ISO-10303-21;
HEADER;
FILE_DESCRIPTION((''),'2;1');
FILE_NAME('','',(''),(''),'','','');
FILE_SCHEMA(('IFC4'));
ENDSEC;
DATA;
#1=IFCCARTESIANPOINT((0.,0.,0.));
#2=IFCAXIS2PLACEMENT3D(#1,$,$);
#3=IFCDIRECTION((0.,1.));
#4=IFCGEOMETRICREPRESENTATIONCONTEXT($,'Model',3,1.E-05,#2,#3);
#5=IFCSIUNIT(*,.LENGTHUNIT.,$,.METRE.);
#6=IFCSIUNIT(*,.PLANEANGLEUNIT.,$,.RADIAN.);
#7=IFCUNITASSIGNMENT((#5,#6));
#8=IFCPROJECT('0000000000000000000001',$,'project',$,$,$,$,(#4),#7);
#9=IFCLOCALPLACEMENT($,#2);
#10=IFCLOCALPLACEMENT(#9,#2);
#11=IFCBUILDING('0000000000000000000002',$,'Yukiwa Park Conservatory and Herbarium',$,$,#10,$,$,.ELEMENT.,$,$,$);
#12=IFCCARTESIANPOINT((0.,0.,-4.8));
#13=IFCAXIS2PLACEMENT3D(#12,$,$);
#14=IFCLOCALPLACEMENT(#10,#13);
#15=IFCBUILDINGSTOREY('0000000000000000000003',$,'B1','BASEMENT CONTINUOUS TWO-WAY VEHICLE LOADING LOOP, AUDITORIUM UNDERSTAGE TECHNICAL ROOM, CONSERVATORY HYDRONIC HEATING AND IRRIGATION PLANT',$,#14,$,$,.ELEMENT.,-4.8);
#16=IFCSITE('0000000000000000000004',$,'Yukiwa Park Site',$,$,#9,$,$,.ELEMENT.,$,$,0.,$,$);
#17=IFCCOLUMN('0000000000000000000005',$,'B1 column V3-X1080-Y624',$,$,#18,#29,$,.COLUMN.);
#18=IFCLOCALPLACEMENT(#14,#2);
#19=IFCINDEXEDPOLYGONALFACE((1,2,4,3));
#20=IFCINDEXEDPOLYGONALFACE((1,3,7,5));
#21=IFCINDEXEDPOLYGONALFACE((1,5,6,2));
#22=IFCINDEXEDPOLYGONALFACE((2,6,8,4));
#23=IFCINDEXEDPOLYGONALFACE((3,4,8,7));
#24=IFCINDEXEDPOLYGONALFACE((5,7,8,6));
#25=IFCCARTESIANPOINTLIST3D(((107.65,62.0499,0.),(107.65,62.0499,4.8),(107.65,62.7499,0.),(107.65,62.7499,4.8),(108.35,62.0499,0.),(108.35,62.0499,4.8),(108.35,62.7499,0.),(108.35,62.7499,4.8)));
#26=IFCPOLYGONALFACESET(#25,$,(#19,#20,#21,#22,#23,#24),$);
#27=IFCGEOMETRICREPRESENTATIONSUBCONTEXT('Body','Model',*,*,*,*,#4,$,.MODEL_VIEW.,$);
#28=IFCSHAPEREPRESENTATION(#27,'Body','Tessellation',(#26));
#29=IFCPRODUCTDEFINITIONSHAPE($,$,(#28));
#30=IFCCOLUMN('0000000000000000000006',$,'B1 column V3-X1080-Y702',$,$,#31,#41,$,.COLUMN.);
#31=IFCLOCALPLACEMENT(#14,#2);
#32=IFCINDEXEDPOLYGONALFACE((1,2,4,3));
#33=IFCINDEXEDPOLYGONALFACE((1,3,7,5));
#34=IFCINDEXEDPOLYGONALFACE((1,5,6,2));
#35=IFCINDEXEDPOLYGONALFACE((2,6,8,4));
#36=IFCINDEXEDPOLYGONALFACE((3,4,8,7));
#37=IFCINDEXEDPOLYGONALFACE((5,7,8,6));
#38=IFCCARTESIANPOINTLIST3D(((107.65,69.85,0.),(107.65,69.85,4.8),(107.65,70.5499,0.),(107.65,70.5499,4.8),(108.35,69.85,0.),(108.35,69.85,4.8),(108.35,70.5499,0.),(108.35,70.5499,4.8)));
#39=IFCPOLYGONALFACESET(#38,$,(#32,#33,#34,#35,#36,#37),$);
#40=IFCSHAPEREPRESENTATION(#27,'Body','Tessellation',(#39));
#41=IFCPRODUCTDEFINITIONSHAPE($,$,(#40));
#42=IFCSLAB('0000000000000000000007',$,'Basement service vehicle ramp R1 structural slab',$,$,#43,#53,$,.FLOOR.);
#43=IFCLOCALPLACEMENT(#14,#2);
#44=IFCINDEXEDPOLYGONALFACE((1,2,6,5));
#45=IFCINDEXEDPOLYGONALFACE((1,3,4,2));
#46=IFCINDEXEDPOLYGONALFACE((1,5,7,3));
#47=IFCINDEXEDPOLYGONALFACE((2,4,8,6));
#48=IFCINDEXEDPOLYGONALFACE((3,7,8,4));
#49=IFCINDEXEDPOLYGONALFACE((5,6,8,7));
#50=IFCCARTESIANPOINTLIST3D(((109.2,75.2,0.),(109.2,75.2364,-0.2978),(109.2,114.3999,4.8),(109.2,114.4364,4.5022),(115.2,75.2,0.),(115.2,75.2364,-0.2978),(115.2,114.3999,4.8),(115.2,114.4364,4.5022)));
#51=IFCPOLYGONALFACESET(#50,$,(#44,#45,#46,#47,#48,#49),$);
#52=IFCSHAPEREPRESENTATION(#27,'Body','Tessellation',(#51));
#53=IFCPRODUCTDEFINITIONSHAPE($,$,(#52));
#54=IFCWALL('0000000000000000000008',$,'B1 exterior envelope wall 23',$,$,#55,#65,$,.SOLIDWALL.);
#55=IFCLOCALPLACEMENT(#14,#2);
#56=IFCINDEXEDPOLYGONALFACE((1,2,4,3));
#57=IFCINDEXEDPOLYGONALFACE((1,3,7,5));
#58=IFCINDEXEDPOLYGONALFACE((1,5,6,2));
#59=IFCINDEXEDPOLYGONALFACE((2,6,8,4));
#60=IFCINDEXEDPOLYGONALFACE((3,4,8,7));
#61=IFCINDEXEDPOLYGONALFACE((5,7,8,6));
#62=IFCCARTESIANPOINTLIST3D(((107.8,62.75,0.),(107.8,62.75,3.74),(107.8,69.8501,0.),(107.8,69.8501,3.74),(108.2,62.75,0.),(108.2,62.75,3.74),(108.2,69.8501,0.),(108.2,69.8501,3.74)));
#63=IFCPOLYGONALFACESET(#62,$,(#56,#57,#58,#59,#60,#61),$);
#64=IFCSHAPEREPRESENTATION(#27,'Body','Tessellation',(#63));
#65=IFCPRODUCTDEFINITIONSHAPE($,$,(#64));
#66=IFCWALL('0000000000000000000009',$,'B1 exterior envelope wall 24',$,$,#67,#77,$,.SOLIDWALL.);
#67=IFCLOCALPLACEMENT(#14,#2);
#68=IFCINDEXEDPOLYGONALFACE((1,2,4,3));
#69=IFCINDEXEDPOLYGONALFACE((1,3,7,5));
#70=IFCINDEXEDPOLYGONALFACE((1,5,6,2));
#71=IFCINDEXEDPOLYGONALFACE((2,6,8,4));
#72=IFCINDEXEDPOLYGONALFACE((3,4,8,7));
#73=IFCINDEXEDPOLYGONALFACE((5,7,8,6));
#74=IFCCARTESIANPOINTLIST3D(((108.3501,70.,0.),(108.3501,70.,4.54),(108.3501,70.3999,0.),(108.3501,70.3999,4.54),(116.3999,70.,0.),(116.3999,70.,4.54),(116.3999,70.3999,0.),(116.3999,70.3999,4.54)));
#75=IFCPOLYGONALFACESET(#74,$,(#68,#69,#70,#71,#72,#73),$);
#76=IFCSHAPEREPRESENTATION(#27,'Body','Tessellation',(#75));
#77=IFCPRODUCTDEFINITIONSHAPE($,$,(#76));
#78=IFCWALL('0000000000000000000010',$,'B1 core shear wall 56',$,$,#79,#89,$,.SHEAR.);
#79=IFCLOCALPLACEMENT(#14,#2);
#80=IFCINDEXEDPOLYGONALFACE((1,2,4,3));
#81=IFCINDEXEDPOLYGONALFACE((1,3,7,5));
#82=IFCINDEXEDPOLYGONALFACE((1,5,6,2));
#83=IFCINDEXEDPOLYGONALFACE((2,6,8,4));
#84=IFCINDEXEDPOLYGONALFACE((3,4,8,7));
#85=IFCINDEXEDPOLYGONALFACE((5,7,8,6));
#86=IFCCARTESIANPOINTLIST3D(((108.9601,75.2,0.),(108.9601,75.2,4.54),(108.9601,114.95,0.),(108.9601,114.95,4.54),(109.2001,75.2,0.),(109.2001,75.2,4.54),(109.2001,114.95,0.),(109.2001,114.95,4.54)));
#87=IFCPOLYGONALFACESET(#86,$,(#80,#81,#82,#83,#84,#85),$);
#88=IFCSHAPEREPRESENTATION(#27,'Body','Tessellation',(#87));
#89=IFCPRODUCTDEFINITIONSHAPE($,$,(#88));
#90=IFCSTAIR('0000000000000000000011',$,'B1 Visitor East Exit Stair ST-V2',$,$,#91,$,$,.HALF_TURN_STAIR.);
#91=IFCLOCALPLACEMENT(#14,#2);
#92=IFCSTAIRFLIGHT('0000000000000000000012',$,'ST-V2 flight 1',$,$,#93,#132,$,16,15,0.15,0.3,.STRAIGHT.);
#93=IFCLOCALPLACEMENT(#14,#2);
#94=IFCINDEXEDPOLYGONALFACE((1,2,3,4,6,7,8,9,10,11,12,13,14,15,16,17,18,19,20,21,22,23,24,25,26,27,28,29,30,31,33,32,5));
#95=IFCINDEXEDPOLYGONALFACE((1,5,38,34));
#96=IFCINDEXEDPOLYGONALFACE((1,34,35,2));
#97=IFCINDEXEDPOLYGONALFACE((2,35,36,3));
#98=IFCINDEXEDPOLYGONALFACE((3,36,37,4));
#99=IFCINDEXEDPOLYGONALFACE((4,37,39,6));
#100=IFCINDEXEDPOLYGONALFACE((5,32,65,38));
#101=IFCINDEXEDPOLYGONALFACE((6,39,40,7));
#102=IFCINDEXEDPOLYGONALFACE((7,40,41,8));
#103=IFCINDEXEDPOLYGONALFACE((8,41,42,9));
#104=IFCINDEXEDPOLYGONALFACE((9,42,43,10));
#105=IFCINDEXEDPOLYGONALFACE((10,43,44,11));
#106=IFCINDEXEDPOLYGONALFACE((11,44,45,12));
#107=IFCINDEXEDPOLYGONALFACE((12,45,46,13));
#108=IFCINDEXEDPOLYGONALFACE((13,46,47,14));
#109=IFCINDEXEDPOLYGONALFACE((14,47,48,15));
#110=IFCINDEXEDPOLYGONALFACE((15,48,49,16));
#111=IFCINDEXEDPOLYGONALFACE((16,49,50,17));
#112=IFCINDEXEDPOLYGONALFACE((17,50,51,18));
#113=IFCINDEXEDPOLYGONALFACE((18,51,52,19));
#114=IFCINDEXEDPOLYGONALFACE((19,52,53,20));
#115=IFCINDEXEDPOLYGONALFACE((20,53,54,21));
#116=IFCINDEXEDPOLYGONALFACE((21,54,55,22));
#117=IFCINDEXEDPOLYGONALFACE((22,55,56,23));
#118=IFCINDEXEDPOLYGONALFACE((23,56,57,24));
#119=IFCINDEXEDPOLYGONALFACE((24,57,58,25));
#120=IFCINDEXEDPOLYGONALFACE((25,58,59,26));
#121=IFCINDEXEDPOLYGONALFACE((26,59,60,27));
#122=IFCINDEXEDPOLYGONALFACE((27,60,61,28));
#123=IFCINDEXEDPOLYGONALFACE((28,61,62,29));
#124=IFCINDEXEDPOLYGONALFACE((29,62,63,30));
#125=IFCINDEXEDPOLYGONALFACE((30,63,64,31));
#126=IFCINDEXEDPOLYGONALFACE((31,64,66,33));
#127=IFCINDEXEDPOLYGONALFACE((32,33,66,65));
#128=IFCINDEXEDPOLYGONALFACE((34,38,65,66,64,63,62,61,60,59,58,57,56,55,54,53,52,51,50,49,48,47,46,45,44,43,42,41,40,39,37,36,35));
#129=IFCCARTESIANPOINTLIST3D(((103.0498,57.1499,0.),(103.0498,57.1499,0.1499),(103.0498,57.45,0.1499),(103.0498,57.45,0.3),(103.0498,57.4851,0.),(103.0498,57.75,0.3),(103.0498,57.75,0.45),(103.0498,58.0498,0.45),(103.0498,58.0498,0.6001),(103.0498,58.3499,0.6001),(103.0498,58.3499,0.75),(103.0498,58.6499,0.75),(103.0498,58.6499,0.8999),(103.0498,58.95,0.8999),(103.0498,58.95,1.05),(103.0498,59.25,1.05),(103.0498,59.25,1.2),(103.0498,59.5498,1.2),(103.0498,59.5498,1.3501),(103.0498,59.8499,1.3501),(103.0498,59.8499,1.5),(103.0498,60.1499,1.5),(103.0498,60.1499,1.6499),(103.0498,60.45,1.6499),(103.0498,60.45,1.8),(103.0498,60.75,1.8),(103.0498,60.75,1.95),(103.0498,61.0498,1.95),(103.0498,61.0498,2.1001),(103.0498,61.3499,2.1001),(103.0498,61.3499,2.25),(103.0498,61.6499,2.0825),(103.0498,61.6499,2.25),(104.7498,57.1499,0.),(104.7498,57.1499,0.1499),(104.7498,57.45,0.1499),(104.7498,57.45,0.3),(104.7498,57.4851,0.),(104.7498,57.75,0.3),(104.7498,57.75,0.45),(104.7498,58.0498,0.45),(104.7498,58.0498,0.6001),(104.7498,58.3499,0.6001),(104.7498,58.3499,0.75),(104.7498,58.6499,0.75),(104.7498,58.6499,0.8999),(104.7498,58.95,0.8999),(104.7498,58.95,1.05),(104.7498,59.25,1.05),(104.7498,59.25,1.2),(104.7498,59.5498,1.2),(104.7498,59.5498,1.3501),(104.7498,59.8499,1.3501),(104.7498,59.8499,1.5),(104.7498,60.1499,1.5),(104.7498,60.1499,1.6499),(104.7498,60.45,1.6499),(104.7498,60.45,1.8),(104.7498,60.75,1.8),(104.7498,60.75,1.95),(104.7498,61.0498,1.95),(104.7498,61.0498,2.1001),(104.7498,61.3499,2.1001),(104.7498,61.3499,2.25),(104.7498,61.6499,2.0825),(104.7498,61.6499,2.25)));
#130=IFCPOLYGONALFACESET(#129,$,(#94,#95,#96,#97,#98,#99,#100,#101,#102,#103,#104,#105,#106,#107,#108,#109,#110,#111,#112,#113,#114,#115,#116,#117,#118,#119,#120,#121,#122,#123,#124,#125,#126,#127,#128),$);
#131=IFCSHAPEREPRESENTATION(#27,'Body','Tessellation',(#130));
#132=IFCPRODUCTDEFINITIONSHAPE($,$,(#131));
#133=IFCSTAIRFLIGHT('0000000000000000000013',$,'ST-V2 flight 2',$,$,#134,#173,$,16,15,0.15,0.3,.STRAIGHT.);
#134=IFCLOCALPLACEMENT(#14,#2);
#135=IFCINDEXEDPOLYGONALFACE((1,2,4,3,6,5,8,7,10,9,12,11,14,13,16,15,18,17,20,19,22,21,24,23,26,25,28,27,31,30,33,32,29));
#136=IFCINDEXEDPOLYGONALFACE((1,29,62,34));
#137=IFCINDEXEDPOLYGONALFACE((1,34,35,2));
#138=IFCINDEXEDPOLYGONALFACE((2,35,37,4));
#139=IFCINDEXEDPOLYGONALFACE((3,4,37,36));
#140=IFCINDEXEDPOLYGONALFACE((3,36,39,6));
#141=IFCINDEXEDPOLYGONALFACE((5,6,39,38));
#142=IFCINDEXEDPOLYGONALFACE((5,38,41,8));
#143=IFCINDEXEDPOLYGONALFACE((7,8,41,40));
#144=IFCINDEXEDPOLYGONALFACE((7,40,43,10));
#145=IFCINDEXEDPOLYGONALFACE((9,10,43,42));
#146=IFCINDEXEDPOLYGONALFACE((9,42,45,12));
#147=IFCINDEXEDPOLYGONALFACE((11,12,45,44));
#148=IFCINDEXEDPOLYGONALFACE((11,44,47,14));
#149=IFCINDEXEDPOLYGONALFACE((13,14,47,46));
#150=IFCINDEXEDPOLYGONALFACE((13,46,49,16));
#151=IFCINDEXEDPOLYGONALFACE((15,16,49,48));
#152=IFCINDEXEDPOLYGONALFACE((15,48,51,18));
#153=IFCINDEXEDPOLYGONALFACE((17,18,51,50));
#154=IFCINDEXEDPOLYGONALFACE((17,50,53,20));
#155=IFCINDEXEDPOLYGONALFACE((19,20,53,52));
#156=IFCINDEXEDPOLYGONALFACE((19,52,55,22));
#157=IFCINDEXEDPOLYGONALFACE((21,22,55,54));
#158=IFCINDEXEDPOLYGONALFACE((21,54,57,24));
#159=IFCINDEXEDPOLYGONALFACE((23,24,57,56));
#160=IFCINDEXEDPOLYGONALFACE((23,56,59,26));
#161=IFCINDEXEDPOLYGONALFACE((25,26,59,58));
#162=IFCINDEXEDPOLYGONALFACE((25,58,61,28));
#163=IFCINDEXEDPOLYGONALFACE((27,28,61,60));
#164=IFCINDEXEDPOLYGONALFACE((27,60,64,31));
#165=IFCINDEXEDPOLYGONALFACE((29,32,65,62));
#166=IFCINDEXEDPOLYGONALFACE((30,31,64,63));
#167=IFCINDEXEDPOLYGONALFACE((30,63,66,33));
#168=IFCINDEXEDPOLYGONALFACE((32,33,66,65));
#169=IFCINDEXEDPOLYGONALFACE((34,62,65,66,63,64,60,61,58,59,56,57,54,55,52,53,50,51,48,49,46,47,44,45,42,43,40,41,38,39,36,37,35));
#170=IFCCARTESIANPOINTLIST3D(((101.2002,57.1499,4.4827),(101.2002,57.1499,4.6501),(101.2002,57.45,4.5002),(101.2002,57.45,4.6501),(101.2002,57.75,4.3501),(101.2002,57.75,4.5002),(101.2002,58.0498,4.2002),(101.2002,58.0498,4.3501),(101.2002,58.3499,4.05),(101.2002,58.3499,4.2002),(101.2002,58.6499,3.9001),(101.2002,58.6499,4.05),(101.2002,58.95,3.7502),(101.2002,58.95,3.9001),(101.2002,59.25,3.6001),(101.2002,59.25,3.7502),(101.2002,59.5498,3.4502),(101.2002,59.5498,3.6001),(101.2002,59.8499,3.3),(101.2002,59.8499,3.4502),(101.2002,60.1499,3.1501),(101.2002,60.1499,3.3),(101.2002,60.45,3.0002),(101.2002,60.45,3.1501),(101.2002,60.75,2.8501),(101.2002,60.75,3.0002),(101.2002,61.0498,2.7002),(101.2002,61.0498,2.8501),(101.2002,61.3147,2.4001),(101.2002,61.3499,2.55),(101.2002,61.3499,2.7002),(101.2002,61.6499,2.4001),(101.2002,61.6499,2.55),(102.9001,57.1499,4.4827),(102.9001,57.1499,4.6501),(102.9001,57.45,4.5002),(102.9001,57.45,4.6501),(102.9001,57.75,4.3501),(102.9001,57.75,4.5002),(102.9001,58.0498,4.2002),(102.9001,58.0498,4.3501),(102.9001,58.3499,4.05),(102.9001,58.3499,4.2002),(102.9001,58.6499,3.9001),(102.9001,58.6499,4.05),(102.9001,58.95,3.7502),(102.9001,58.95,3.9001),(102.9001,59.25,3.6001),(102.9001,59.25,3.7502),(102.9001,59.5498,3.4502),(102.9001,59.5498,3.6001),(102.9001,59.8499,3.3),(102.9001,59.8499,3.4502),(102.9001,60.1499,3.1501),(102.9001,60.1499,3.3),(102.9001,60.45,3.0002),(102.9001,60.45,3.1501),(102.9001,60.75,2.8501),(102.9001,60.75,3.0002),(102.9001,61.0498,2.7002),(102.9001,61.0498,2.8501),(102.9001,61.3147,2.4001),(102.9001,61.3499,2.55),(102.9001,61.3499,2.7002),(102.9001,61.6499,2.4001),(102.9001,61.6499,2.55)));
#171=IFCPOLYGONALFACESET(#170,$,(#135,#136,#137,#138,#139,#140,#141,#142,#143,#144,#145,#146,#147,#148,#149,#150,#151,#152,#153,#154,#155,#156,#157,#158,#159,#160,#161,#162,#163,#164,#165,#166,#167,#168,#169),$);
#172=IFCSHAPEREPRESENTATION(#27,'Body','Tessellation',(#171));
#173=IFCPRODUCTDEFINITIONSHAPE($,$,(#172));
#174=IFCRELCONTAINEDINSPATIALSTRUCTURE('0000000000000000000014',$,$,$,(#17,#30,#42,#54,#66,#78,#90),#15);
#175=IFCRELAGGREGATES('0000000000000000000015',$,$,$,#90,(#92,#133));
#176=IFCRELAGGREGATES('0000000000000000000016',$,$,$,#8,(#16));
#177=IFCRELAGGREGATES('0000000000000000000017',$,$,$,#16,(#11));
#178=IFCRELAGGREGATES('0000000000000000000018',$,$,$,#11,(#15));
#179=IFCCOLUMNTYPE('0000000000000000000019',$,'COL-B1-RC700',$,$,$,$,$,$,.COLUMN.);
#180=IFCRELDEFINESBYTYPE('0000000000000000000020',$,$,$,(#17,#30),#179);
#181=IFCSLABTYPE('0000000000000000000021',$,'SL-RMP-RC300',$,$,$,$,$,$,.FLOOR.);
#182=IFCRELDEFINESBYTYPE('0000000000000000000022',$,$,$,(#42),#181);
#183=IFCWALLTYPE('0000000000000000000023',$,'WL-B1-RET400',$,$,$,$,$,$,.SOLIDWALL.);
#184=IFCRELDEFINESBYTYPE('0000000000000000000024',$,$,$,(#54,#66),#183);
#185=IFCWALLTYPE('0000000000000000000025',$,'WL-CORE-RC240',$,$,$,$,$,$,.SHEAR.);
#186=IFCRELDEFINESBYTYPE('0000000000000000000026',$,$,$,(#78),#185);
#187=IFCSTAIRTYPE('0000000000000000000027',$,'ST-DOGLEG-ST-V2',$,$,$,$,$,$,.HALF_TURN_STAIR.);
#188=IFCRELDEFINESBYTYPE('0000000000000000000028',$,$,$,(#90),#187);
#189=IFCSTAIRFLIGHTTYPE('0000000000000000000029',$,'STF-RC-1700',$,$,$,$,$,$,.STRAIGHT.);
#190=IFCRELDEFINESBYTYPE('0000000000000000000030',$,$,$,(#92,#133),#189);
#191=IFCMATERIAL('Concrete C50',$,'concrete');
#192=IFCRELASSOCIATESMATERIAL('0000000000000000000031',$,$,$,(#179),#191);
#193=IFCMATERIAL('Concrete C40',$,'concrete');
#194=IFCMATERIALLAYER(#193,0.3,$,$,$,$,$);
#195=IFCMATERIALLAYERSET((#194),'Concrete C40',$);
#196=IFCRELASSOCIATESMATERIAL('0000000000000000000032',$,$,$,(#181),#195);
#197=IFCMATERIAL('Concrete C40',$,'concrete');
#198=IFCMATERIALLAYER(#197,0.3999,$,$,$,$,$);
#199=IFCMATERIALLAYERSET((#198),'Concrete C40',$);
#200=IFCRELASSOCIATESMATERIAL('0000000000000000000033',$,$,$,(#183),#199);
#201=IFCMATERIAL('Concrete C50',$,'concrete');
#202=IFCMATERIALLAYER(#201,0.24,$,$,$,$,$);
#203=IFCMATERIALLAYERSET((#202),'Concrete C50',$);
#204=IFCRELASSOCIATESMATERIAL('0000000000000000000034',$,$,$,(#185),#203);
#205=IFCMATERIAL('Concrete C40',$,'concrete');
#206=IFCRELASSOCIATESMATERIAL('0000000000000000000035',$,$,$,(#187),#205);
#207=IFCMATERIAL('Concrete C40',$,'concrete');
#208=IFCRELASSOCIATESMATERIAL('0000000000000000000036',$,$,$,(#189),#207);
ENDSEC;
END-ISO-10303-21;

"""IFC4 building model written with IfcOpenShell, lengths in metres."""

from ifc_helpers import new_model, si_unit, direction, frame, frame_2d, origin, origin_2d, place, context, subcontext, project, spatial, polyline, rectangle, outline, extrude, material, layer, layer_set, material_profile, profile_set, type_object, element, aggregate, save


model = new_model("IFC4")

# Units and contexts
model_context = context("Model", 3, precision=1e-05, world=origin(), true_north=direction((0.0, 1.0)))
body_context = subcontext(model_context, "Body", "Model", "MODEL_VIEW")
ifc_project = project(units=[si_unit("LENGTHUNIT", "METRE"), si_unit("PLANEANGLEUNIT", "RADIAN")], contexts=[model_context])

# Site, building, storey
site_placement = place(None, origin())
site = spatial("IfcSite", under=ifc_project, at=site_placement, Name="Yukiwa Park Site", CompositionType="ELEMENT", RefElevation=0.0)
building_placement = place(site_placement, origin())
building = spatial("IfcBuilding", under=site, at=building_placement, Name="Yukiwa Park Conservatory and Herbarium", CompositionType="ELEMENT")
storey_placement = place(building_placement, frame((0.0, 0.0, -4.8)))
storey = spatial("IfcBuildingStorey", under=building, at=storey_placement, Name="B1", Description="BASEMENT CONTINUOUS TWO-WAY VEHICLE LOADING LOOP, AUDITORIUM UNDERSTAGE TECHNICAL ROOM, CONSERVATORY HYDRONIC HEATING AND IRRIGATION PLANT", CompositionType="ELEMENT", Elevation=-4.8)

# Columns
ifc_material_1 = material(Name="Concrete C50", Category="concrete")
ifc_material_profile_1 = material_profile(ifc_material_1, rectangle(XDim=0.7, YDim=0.7, at=origin_2d()), Name="RC 700x700")
ifc_profile_set_1 = profile_set([ifc_material_profile_1], Name="Concrete C50")
column_type_1 = type_object("IfcColumnType", Name="COL-B1-RC700", PredefinedType="COLUMN", material=ifc_profile_set_1)
for number, where, z_axis, x_axis, name in (
    (1, (108.0, 62.3999, 0.0), (0.0, 0.0, 1.0), (1.0, 0.0, 0.0), "B1 column V3-X1080-Y624"),
    (2, (108.0, 70.2, 0.0), (0.0, 0.0, 1.0), (1.0, 0.0, 0.0), "B1 column V3-X1080-Y702"),
):
    element("IfcColumn", number, at=place(storey_placement, frame(where, z_axis=z_axis, x_axis=x_axis)), inside=storey, type_object=column_type_1, Name=name, PredefinedType="COLUMN", context=body_context, shape_type="SweptSolid", body=[
        extrude(rectangle(XDim=0.7, YDim=0.7, at=origin_2d()), origin(), (0.0, 0.0, 1.0), 4.8),
    ])

# Slab
ifc_material_2 = material(Name="Concrete C40", Category="concrete")
ifc_layer_1 = layer(ifc_material_2, 0.3)
ifc_layer_set_1 = layer_set([ifc_layer_1], Name="Concrete C40")
slab_type = type_object("IfcSlabType", Name="SL-RMP-RC300", PredefinedType="FLOOR", material=ifc_layer_set_1)
slab_placement = place(storey_placement, frame((109.2, 75.2, 0.0), z_axis=(0.0, -0.121543, 0.992586), x_axis=(1.0, 0.0, 0.0)))
element("IfcSlab", 3, at=slab_placement, inside=storey, type_object=slab_type, Name="Basement service vehicle ramp R1 structural slab", PredefinedType="FLOOR", context=body_context, shape_type="SweptSolid", body=[
    extrude(outline(polyline([(0.0, 0.0), (6.0, 0.0), (6.0, 39.4927), (0.0, 39.4927), (0.0, 0.0)])), origin(), (0.0, 0.0, -1.0), 0.3),
])

# Walls
ifc_material_3 = material(Name="Concrete C40", Category="concrete")
ifc_layer_2 = layer(ifc_material_3, 0.3999)
ifc_layer_set_2 = layer_set([ifc_layer_2], Name="Concrete C40")
wall_type_1 = type_object("IfcWallType", Name="WL-B1-RET400", PredefinedType="SOLIDWALL", material=ifc_layer_set_2)
wall_1_placement = place(storey_placement, frame((108.0, 62.75, 0.0), z_axis=(0.0, 0.0, 1.0), x_axis=(0.0, 1.0, 0.0)))
element("IfcWall", 4, at=wall_1_placement, inside=storey, type_object=wall_type_1, Name="B1 exterior envelope wall 23", PredefinedType="SOLIDWALL", context=body_context, shape_type="SweptSolid", body=[
    extrude(rectangle(XDim=7.1001, YDim=0.3999, at=frame_2d((3.55, 0.0))), origin(), (0.0, 0.0, 1.0), 3.74),
])
wall_2_placement = place(storey_placement, frame((108.3501, 70.2, 0.0), z_axis=(0.0, 0.0, 1.0), x_axis=(1.0, 0.0, 0.0)))
element("IfcWall", 5, at=wall_2_placement, inside=storey, type_object=wall_type_1, Name="B1 exterior envelope wall 24", PredefinedType="SOLIDWALL", context=body_context, shape_type="SweptSolid", body=[
    extrude(rectangle(XDim=8.0498, YDim=0.3999, at=frame_2d((4.0249, 0.0))), origin(), (0.0, 0.0, 1.0), 4.54),
])
ifc_material_4 = material(Name="Concrete C50", Category="concrete")
ifc_layer_3 = layer(ifc_material_4, 0.24)
ifc_layer_set_3 = layer_set([ifc_layer_3], Name="Concrete C50")
wall_type_2 = type_object("IfcWallType", Name="WL-CORE-RC240", PredefinedType="SHEAR", material=ifc_layer_set_3)
wall_3_placement = place(storey_placement, frame((109.0801, 75.2, 0.0), z_axis=(0.0, 0.0, 1.0), x_axis=(0.0, 1.0, 0.0)))
element("IfcWall", 6, at=wall_3_placement, inside=storey, type_object=wall_type_2, Name="B1 core shear wall 56", PredefinedType="SHEAR", context=body_context, shape_type="SweptSolid", body=[
    extrude(rectangle(XDim=39.75, YDim=0.24, at=frame_2d((19.875, 0.0))), origin(), (0.0, 0.0, 1.0), 4.54),
])

# Stair, stair flights
ifc_material_5 = material(Name="Concrete C40", Category="concrete")
stair_type = type_object("IfcStairType", Name="ST-DOGLEG-ST-V2", PredefinedType="HALF_TURN_STAIR", material=ifc_material_5)
stair_placement = place(storey_placement, origin())
stair = element("IfcStair", 7, at=stair_placement, inside=storey, type_object=stair_type, Name="B1 Visitor East Exit Stair ST-V2", PredefinedType="HALF_TURN_STAIR")
ifc_material_6 = material(Name="Concrete C40", Category="concrete")
stair_flight_type = type_object("IfcStairFlightType", Name="STF-RC-1700", PredefinedType="STRAIGHT", material=ifc_material_6)
stair_flight_1_placement = place(storey_placement, frame((103.8999, 57.1499, 0.0), z_axis=(0.0, 0.0, 1.0), x_axis=(0.0, 1.0, 0.0)))
stair_flight_1 = element("IfcStairFlight", 8, at=stair_flight_1_placement, type_object=stair_flight_type, Name="ST-V2 flight 1", NumberOfRisers=16, NumberOfTreads=15, PredefinedType="STRAIGHT", RiserHeight=0.15, TreadLength=0.3, context=body_context, shape_type="SweptSolid", body=[
    extrude(outline(polyline([(0.0, 0.0), (0.0, 0.1499), (0.3, 0.1499), (0.3, 0.3), (0.6001, 0.3), (0.6001, 0.45), (0.8999, 0.45), (0.8999, 0.6001), (1.2, 0.6001), (1.2, 0.75), (1.5, 0.75), (1.5, 0.8999), (1.8, 0.8999), (1.8, 1.05), (2.1001, 1.05), (2.1001, 1.2), (2.3999, 1.2), (2.3999, 1.3501), (2.7, 1.3501), (2.7, 1.5), (3.0, 1.5), (3.0, 1.6499), (3.3, 1.6499), (3.3, 1.8), (3.6001, 1.8), (3.6001, 1.95), (3.8999, 1.95), (3.8999, 2.1001), (4.2, 2.1001), (4.2, 2.25), (4.5, 2.25), (4.5, 2.3999), (4.5, 2.0825), (0.3352, 0.0), (0.0, 0.0)])), frame((0.0, 0.8501, 0.0), z_axis=(0.0, -1.0, 0.0), x_axis=(1.0, 0.0, 0.0)), (0.0, 0.0, 1.0), 1.7),
])
stair_flight_2_placement = place(storey_placement, frame((102.05, 61.6499, 2.4001), z_axis=(0.0, 0.0, 1.0), x_axis=(0.0, -1.0, 0.0)))
stair_flight_2 = element("IfcStairFlight", 9, at=stair_flight_2_placement, type_object=stair_flight_type, Name="ST-V2 flight 2", NumberOfRisers=16, NumberOfTreads=15, PredefinedType="STRAIGHT", RiserHeight=0.15, TreadLength=0.3, context=body_context, shape_type="SweptSolid", body=[
    extrude(outline(polyline([(0.0, 0.0), (0.0, 0.1499), (0.3, 0.1499), (0.3, 0.3), (0.6001, 0.3), (0.6001, 0.45), (0.8999, 0.45), (0.8999, 0.6001), (1.2, 0.6001), (1.2, 0.75), (1.5, 0.75), (1.5, 0.8999), (1.8, 0.8999), (1.8, 1.05), (2.1001, 1.05), (2.1001, 1.2), (2.3999, 1.2), (2.3999, 1.3501), (2.7, 1.3501), (2.7, 1.5), (3.0, 1.5), (3.0, 1.6499), (3.3, 1.6499), (3.3, 1.8), (3.6001, 1.8), (3.6001, 1.95), (3.8999, 1.95), (3.8999, 2.1001), (4.2, 2.1001), (4.2, 2.25), (4.5, 2.25), (4.5, 2.3999), (4.5, 2.0825), (0.3352, 0.0), (0.0, 0.0)])), frame((0.0, 0.8501, 0.0), z_axis=(0.0, -1.0, 0.0), x_axis=(1.0, 0.0, 0.0)), (0.0, 0.0, 1.0), 1.7),
])
aggregate(stair, [stair_flight_1, stair_flight_2])

save(model, "model.ifc")
